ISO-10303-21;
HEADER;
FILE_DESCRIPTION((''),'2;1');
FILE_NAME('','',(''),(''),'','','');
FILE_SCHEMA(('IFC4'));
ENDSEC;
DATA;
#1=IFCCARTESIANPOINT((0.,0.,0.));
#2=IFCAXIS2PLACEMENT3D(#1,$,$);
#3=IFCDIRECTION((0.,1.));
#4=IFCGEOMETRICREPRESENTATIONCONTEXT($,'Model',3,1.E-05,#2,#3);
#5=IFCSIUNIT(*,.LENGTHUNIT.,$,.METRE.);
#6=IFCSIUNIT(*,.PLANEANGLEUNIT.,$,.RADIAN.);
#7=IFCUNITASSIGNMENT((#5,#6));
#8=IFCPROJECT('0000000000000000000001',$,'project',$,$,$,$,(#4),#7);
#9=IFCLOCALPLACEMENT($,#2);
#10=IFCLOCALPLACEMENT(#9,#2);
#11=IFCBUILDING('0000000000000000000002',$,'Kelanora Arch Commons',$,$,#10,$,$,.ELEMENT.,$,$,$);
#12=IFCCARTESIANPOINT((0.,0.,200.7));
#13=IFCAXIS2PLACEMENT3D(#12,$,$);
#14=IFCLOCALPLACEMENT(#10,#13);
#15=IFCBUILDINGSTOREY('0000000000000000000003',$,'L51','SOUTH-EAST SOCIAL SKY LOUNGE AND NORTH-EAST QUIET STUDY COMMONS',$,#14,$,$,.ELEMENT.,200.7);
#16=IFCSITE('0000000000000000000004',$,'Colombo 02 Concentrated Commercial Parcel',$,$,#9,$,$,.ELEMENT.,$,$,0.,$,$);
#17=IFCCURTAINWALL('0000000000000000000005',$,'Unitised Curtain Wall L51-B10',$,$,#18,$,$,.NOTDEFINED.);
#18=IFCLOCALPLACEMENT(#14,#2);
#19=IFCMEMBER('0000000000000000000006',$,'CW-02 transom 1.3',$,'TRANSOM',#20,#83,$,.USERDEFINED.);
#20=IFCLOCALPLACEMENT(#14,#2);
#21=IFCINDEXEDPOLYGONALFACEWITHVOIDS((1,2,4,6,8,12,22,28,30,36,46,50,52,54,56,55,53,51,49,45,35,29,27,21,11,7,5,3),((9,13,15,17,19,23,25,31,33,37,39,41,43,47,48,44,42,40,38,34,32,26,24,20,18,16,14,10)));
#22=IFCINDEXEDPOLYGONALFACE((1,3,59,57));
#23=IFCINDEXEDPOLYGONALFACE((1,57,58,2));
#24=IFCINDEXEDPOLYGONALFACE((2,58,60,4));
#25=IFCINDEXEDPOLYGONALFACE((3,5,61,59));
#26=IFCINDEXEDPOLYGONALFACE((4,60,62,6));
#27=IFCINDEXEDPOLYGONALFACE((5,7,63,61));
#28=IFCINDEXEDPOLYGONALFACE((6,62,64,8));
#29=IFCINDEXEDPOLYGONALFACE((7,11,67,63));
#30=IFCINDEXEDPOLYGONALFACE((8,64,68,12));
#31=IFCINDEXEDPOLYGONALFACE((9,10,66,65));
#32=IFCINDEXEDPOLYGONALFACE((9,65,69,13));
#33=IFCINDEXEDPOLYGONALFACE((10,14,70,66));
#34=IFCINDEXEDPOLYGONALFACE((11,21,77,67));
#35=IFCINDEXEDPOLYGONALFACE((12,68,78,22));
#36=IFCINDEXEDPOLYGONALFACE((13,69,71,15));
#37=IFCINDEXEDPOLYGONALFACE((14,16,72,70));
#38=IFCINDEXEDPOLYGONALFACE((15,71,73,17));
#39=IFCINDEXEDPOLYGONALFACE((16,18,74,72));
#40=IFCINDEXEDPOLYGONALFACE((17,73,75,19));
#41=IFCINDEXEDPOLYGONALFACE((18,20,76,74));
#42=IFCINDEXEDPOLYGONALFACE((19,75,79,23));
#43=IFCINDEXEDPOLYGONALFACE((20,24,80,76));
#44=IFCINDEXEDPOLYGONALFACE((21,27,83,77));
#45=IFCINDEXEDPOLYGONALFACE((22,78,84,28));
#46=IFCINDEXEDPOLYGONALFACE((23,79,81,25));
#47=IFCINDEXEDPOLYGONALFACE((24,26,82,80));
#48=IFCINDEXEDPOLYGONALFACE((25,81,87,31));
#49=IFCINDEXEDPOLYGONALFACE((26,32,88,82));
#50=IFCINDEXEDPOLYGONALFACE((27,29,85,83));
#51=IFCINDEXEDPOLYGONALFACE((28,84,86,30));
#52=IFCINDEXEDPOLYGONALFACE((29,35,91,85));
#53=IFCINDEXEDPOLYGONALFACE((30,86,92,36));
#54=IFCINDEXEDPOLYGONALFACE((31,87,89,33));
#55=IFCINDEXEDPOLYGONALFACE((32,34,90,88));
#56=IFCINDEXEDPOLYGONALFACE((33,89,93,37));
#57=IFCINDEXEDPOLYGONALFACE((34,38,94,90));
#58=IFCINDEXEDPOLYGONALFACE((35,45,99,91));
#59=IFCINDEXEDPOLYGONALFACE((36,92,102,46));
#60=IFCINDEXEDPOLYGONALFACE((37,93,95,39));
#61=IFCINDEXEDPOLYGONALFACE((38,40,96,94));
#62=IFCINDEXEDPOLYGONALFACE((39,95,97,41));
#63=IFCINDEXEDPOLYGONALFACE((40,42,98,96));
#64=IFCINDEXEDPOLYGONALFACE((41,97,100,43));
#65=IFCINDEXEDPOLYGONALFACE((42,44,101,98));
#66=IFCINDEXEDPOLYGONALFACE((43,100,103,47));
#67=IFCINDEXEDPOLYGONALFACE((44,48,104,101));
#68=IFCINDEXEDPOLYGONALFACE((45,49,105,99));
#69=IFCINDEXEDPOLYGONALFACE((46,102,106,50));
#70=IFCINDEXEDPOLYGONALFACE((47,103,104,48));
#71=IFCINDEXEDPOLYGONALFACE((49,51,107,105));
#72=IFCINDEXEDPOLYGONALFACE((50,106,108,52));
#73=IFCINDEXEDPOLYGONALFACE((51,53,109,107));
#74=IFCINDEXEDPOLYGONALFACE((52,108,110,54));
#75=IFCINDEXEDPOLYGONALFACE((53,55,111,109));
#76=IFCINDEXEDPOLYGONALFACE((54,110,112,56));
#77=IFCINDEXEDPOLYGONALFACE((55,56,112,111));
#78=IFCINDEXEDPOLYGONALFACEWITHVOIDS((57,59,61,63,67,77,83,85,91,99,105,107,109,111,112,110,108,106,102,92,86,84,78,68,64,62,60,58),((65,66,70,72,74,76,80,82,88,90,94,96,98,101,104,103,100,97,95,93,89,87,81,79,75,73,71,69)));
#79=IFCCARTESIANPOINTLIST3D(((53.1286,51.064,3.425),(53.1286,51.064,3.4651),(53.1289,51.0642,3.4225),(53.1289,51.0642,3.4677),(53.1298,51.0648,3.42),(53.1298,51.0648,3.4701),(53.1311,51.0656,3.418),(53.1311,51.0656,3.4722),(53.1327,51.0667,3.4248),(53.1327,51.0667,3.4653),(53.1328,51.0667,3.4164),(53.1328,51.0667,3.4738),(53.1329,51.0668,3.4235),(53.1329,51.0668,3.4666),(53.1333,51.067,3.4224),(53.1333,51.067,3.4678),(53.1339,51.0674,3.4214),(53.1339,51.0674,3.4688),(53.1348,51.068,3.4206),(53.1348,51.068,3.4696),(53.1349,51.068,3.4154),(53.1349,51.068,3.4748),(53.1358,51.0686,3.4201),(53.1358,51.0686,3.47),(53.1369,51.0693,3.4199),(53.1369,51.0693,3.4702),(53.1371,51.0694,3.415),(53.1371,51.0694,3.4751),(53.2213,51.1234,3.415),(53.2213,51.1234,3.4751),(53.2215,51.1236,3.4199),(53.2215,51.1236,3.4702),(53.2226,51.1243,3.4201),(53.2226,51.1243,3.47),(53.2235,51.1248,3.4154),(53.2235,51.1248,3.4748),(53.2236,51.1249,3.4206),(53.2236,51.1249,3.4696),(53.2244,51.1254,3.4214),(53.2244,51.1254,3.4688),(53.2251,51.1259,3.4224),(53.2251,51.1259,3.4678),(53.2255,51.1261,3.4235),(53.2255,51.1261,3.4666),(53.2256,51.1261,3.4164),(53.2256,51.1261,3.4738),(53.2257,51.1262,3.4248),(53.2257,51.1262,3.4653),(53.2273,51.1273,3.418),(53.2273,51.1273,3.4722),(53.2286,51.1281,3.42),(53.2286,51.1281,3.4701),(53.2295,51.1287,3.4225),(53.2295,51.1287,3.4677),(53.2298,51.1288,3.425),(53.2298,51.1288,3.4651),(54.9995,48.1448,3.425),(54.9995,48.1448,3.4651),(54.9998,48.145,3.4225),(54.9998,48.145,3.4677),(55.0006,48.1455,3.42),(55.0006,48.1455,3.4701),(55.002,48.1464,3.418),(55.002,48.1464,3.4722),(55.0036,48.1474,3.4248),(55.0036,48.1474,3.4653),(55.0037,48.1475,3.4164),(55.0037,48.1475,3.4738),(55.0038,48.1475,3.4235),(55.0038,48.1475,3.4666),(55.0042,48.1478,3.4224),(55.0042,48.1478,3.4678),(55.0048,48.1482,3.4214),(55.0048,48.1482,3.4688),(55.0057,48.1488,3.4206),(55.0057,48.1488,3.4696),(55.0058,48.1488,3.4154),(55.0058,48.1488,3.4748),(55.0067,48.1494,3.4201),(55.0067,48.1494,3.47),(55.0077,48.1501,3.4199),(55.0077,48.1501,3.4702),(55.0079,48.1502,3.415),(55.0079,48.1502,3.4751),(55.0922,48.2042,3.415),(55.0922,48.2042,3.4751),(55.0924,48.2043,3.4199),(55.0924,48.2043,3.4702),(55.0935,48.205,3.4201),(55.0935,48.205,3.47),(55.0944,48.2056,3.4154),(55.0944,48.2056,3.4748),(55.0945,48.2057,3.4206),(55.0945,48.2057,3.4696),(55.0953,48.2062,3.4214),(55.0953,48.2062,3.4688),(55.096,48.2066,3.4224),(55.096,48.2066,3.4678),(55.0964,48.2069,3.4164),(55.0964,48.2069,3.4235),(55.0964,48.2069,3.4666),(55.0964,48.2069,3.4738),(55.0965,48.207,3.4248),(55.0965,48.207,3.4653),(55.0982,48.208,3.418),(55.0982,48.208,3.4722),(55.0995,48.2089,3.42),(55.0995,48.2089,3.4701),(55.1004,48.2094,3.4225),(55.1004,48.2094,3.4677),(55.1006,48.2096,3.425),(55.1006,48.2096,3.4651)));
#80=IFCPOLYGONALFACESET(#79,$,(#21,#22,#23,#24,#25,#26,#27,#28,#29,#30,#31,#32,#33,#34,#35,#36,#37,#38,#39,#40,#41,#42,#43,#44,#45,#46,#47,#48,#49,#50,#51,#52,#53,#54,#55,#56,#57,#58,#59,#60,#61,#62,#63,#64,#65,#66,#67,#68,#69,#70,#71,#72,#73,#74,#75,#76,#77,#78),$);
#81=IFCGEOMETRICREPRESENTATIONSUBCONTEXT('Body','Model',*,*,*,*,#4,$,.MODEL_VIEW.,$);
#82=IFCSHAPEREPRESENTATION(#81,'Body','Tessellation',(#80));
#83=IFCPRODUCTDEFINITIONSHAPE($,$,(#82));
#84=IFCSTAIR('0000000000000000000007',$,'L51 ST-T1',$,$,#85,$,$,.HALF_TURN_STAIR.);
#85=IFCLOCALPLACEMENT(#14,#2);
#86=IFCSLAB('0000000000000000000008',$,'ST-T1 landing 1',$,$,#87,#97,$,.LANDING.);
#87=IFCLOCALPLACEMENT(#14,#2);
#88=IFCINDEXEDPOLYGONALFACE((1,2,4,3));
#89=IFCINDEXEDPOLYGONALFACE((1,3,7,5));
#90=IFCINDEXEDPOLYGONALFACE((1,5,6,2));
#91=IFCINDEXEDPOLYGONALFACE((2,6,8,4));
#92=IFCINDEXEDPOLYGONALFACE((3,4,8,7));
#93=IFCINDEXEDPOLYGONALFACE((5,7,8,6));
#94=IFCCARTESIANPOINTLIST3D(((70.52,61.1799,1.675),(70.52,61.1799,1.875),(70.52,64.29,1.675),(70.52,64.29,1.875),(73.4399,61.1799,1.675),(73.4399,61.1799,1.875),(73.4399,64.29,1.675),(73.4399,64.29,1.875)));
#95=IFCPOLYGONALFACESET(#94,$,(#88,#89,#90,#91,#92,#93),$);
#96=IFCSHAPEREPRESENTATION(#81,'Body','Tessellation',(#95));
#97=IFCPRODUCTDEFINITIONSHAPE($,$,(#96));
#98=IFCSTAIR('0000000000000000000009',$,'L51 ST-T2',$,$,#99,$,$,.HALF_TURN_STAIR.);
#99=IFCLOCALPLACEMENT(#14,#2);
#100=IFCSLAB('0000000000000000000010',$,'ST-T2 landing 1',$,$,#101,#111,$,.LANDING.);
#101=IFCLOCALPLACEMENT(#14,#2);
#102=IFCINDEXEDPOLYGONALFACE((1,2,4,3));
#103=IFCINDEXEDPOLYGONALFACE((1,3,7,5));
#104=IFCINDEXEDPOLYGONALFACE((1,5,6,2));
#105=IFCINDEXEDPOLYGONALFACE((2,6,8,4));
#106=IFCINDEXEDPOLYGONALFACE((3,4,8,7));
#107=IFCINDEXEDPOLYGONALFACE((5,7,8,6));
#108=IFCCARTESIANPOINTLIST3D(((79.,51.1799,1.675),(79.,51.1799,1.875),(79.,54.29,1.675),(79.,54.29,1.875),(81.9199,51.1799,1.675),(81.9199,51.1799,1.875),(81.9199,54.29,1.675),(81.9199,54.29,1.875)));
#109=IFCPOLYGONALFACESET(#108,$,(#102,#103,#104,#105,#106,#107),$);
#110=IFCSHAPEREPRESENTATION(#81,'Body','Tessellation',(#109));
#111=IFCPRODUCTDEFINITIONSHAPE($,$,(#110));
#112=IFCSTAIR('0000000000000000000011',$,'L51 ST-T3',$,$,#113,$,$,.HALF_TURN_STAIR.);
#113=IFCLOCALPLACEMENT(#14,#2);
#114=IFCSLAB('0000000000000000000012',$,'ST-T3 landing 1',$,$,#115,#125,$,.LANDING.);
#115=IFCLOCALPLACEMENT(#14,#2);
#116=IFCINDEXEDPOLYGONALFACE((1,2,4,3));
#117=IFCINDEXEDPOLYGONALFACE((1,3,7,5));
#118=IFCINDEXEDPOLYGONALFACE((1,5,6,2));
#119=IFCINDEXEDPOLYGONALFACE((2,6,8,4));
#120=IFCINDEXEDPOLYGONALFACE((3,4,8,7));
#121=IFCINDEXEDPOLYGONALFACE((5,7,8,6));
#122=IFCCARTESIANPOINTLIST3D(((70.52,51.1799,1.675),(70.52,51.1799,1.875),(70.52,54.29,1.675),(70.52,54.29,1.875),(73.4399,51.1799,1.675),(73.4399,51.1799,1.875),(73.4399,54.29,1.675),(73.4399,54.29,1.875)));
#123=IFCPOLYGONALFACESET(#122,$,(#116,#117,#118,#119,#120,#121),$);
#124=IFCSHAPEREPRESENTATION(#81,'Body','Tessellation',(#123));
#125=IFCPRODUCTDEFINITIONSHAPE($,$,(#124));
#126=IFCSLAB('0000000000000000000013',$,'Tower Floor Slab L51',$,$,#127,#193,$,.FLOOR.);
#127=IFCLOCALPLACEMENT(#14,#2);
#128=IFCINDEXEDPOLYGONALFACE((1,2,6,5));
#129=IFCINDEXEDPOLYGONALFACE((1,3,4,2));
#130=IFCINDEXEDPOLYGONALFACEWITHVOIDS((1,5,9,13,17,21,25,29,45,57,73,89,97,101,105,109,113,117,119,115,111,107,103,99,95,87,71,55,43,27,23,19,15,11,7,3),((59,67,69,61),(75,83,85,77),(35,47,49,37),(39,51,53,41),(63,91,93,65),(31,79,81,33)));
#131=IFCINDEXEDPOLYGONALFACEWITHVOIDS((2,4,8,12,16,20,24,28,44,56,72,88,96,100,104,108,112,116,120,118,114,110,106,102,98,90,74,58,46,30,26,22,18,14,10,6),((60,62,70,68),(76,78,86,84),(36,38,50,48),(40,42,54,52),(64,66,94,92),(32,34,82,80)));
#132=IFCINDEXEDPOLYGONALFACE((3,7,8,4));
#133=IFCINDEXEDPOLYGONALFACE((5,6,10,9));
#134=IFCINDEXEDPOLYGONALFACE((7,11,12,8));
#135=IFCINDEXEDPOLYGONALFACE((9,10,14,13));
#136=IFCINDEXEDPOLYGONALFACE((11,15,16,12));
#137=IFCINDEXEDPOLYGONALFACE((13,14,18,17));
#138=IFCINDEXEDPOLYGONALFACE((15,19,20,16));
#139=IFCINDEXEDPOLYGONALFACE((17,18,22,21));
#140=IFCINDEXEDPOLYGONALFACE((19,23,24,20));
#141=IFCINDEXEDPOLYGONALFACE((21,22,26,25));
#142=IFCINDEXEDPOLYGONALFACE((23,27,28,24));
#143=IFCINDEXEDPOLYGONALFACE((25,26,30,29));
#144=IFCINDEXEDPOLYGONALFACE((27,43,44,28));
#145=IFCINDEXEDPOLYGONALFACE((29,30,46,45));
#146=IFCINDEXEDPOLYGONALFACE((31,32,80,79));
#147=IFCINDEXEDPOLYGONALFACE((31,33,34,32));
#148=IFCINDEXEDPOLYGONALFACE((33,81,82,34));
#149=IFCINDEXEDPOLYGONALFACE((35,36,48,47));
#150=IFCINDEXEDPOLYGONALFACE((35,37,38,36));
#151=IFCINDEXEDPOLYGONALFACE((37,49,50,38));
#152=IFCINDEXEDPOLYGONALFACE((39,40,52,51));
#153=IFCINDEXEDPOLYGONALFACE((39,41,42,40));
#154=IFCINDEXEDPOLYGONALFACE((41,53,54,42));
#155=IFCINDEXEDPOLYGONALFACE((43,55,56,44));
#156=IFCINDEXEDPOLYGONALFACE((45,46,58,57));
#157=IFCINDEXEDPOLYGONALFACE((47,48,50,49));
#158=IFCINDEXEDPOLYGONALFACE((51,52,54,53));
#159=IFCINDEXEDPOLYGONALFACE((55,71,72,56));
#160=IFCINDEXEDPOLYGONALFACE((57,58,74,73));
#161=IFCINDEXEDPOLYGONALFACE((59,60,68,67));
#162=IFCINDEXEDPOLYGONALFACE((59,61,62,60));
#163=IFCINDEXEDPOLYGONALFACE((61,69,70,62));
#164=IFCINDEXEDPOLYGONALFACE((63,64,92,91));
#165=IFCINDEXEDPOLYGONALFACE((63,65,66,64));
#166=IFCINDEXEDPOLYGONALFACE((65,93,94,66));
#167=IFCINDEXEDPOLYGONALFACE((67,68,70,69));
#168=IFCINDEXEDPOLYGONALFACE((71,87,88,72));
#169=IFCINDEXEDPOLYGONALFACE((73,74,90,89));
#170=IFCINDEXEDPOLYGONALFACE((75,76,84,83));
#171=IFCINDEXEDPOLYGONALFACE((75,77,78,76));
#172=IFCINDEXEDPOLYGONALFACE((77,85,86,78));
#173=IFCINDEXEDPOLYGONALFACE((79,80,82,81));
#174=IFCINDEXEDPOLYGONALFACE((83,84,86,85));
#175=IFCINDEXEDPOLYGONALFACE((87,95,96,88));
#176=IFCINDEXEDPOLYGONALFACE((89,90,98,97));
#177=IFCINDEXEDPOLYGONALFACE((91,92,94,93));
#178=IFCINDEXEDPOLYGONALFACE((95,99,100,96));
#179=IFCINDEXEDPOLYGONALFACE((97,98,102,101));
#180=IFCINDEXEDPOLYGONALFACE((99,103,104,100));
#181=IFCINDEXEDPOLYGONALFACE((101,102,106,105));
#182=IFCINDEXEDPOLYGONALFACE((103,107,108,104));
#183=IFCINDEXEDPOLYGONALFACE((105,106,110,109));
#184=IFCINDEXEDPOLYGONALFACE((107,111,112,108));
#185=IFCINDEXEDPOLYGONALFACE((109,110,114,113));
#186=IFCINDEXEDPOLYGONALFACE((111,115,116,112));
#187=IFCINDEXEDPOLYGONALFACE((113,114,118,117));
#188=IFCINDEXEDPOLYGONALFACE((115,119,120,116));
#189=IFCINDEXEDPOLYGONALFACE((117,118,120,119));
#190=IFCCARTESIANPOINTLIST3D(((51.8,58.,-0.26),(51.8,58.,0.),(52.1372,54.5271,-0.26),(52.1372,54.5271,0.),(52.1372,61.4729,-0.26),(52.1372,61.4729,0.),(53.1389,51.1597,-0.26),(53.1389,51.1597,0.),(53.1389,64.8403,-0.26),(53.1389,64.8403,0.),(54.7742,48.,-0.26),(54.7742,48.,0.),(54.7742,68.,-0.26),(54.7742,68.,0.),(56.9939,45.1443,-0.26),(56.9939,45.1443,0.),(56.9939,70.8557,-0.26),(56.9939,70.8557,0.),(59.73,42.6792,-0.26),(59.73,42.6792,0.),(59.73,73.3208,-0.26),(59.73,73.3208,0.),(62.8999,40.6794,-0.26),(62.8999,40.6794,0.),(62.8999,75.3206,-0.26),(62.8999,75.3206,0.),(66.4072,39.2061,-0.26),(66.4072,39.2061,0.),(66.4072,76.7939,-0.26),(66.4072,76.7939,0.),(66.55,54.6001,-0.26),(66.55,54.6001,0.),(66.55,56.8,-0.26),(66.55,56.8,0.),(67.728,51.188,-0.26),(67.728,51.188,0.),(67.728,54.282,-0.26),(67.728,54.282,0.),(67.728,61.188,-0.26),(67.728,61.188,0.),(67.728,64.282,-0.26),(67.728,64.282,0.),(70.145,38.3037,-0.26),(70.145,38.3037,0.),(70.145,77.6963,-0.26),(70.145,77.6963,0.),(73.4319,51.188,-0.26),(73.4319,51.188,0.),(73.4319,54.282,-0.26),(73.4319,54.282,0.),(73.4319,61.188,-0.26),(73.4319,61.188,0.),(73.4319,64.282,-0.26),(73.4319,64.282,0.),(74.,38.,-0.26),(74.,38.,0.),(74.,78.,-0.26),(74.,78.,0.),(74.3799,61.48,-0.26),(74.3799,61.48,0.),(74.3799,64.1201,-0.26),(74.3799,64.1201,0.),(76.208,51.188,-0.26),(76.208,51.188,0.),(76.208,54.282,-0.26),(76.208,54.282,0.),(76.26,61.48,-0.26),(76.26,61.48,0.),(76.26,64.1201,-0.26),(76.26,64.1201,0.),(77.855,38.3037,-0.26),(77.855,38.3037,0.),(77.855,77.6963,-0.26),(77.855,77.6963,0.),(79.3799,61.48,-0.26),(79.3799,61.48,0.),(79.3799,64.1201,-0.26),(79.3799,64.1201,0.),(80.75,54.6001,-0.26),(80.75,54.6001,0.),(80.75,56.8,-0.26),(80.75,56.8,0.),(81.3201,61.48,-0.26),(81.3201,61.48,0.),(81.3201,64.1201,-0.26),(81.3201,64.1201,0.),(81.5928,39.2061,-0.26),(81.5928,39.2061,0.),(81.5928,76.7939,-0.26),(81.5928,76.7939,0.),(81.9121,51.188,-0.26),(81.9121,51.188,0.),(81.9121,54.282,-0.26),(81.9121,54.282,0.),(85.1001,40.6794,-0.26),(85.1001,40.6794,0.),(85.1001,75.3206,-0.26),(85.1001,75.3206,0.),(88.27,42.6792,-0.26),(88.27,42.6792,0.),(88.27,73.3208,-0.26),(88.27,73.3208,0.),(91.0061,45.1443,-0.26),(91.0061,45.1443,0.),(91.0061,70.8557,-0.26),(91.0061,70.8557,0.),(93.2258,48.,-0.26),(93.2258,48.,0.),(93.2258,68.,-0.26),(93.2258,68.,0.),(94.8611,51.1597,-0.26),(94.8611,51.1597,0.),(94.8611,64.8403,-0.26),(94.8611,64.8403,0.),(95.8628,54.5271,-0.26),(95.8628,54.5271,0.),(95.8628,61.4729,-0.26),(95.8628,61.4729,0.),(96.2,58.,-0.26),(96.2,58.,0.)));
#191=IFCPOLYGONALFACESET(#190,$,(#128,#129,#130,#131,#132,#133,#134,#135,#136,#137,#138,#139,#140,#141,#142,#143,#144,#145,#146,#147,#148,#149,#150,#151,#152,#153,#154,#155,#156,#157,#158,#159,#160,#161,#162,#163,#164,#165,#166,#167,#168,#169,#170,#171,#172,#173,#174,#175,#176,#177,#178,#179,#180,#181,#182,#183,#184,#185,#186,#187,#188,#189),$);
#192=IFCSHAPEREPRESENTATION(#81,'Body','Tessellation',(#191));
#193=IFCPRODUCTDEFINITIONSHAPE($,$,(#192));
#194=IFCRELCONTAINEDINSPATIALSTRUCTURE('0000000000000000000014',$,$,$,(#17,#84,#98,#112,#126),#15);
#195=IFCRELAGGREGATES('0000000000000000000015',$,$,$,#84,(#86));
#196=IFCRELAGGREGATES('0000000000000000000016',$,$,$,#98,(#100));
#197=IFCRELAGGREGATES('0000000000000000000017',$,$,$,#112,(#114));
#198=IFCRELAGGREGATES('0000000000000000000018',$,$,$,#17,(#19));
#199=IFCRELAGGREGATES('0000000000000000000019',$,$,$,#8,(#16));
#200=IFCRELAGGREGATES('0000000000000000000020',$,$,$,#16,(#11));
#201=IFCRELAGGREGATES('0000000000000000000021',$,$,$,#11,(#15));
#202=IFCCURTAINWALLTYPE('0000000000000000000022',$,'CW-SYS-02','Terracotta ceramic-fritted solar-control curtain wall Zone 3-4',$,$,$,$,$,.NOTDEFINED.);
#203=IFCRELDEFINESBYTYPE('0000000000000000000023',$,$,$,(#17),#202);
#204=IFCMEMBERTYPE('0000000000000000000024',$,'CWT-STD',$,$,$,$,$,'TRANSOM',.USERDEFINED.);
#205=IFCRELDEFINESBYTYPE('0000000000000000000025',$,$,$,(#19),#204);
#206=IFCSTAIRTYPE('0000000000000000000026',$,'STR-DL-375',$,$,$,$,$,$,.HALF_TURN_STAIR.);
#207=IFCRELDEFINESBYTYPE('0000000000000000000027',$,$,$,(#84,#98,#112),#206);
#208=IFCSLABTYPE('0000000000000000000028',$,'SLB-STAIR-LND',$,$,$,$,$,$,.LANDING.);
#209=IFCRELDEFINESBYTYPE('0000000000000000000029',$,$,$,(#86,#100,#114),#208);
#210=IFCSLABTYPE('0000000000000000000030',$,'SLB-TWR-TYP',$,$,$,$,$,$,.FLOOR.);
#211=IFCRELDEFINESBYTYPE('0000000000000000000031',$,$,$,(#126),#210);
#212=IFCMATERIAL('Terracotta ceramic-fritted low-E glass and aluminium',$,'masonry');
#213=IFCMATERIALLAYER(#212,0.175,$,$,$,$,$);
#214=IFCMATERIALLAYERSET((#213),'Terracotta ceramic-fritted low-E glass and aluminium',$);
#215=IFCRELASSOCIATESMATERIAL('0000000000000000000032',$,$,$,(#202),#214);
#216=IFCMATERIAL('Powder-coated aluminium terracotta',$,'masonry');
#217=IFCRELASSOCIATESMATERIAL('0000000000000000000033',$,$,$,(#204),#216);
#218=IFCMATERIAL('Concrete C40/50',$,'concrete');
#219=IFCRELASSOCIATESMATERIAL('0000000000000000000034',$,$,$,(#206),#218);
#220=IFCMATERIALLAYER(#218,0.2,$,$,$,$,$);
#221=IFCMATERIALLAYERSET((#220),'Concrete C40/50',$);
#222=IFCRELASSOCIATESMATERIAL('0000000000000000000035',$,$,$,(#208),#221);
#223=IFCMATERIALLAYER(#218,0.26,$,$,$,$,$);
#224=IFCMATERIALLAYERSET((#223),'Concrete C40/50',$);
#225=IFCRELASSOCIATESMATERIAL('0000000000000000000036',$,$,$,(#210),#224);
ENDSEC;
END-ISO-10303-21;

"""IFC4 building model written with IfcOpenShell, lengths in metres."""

from ifc_helpers import new_model, si_unit, direction, frame, origin, origin_2d, place, context, subcontext, project, spatial, polyline, hollow_rectangle, outline, extrude, material, layer, layer_set, material_profile, profile_set, type_object, element, aggregate, save


model = new_model("IFC4")

# Units and contexts
model_context = context("Model", 3, precision=1e-05, world=origin(), true_north=direction((0.0, 1.0)))
body_context = subcontext(model_context, "Body", "Model", "MODEL_VIEW")
ifc_project = project(units=[si_unit("LENGTHUNIT", "METRE"), si_unit("PLANEANGLEUNIT", "RADIAN")], contexts=[model_context])

# Site, building, storey
site_placement = place(None, origin())
site = spatial("IfcSite", under=ifc_project, at=site_placement, Name="Colombo 02 Concentrated Commercial Parcel", CompositionType="ELEMENT", RefElevation=0.0)
building_placement = place(site_placement, origin())
building = spatial("IfcBuilding", under=site, at=building_placement, Name="Kelanora Arch Commons", CompositionType="ELEMENT")
storey_placement = place(building_placement, frame((0.0, 0.0, 200.7)))
storey = spatial("IfcBuildingStorey", under=building, at=storey_placement, Name="L51", Description="SOUTH-EAST SOCIAL SKY LOUNGE AND NORTH-EAST QUIET STUDY COMMONS", CompositionType="ELEMENT", Elevation=200.7)

# Curtain wall, member
ifc_material_1 = material(Name="Terracotta ceramic-fritted low-E glass and aluminium", Category="masonry")
ifc_layer_1 = layer(ifc_material_1, 0.175)
ifc_layer_set_1 = layer_set([ifc_layer_1], Name="Terracotta ceramic-fritted low-E glass and aluminium")
curtain_wall_type = type_object("IfcCurtainWallType", Name="CW-SYS-02", Description="Terracotta ceramic-fritted solar-control curtain wall Zone 3-4", PredefinedType="NOTDEFINED", material=ifc_layer_set_1)
curtain_wall_placement = place(storey_placement, origin())
curtain_wall = element("IfcCurtainWall", 1, at=curtain_wall_placement, inside=storey, type_object=curtain_wall_type, Name="Unitised Curtain Wall L51-B10", PredefinedType="NOTDEFINED")
ifc_material_2 = material(Name="Powder-coated aluminium terracotta", Category="masonry")
ifc_material_profile_1 = material_profile(ifc_material_2, hollow_rectangle(XDim=0.1201, YDim=0.0601, WallThickness=0.0049, InnerFilletRadius=0.0049, OuterFilletRadius=0.01, at=origin_2d()), Name="CWT120x60")
ifc_profile_set_1 = profile_set([ifc_material_profile_1], Name="Powder-coated aluminium terracotta")
member_type_1 = type_object("IfcMemberType", Name="CWT-STD", ElementType="TRANSOM", PredefinedType="USERDEFINED", material=ifc_profile_set_1)
member_1_placement = place(storey_placement, frame((53.1792, 51.0964, 3.4451), z_axis=(0.539579, -0.841935, 0.0), x_axis=(0.841935, 0.539579, 0.0)))
member_1 = element("IfcMember", 2, at=member_1_placement, type_object=member_type_1, Name="CW-02 transom 1.3", ObjectType="TRANSOM", PredefinedType="USERDEFINED", context=body_context, shape_type="SweptSolid", body=[
    extrude(hollow_rectangle(XDim=0.1201, YDim=0.0601, WallThickness=0.0049, InnerFilletRadius=0.0049, OuterFilletRadius=0.01, at=origin_2d()), origin(), (0.0, 0.0, 1.0), 3.4673),
])

# Stairs, slabs
ifc_material_3 = material(Name="Concrete C40/50", Category="concrete")
stair_type = type_object("IfcStairType", Name="STR-DL-375", PredefinedType="HALF_TURN_STAIR", material=ifc_material_3)
stair_1_placement = place(storey_placement, origin())
stair_1 = element("IfcStair", 3, at=stair_1_placement, inside=storey, type_object=stair_type, Name="L51 ST-T1", PredefinedType="HALF_TURN_STAIR")
ifc_layer_2 = layer(ifc_material_3, 0.2)
ifc_layer_set_2 = layer_set([ifc_layer_2], Name="Concrete C40/50")
slab_type_1 = type_object("IfcSlabType", Name="SLB-STAIR-LND", PredefinedType="LANDING", material=ifc_layer_set_2)
slab_1_placement = place(storey_placement, frame((0.0, 0.0, 1.675)))
slab_1 = element("IfcSlab", 4, at=slab_1_placement, type_object=slab_type_1, Name="ST-T1 landing 1", PredefinedType="LANDING", context=body_context, shape_type="SweptSolid", body=[
    extrude(outline(polyline([(70.52, 61.1799), (73.4399, 61.1799), (73.4399, 64.29), (70.52, 64.29), (70.52, 61.1799)])), origin(), (0.0, 0.0, 1.0), 0.2),
])
aggregate(stair_1, [slab_1])
stair_2_placement = place(storey_placement, origin())
stair_2 = element("IfcStair", 5, at=stair_2_placement, inside=storey, type_object=stair_type, Name="L51 ST-T2", PredefinedType="HALF_TURN_STAIR")
slab_2_placement = place(storey_placement, frame((0.0, 0.0, 1.675)))
slab_2 = element("IfcSlab", 6, at=slab_2_placement, type_object=slab_type_1, Name="ST-T2 landing 1", PredefinedType="LANDING", context=body_context, shape_type="SweptSolid", body=[
    extrude(outline(polyline([(79.0, 51.1799), (81.9199, 51.1799), (81.9199, 54.29), (79.0, 54.29), (79.0, 51.1799)])), origin(), (0.0, 0.0, 1.0), 0.2),
])
aggregate(stair_2, [slab_2])
stair_3_placement = place(storey_placement, origin())
stair_3 = element("IfcStair", 7, at=stair_3_placement, inside=storey, type_object=stair_type, Name="L51 ST-T3", PredefinedType="HALF_TURN_STAIR")
slab_3_placement = place(storey_placement, frame((0.0, 0.0, 1.675)))
slab_3 = element("IfcSlab", 8, at=slab_3_placement, type_object=slab_type_1, Name="ST-T3 landing 1", PredefinedType="LANDING", context=body_context, shape_type="SweptSolid", body=[
    extrude(outline(polyline([(70.52, 51.1799), (73.4399, 51.1799), (73.4399, 54.29), (70.52, 54.29), (70.52, 51.1799)])), origin(), (0.0, 0.0, 1.0), 0.2),
])
aggregate(stair_3, [slab_3])

# Slab
ifc_layer_3 = layer(ifc_material_3, 0.26)
ifc_layer_set_3 = layer_set([ifc_layer_3], Name="Concrete C40/50")
slab_type_2 = type_object("IfcSlabType", Name="SLB-TWR-TYP", PredefinedType="FLOOR", material=ifc_layer_set_3)
slab_4_placement = place(storey_placement, frame((0.0, 0.0, -0.26)))
element("IfcSlab", 9, at=slab_4_placement, inside=storey, type_object=slab_type_2, Name="Tower Floor Slab L51", PredefinedType="FLOOR", context=body_context, shape_type="SweptSolid", body=[
    extrude(outline(polyline([(96.2, 58.0), (95.8628, 61.4729), (94.8611, 64.8403), (93.2258, 68.0), (91.0061, 70.8557), (88.27, 73.3208), (85.1001, 75.3206), (81.5928, 76.7939), (77.855, 77.6963), (74.0, 78.0), (70.145, 77.6963), (66.4072, 76.7939), (62.8999, 75.3206), (59.73, 73.3208), (56.9939, 70.8557), (54.7742, 68.0), (53.1389, 64.8403), (52.1372, 61.4729), (51.8, 58.0), (52.1372, 54.5271), (53.1389, 51.1597), (54.7742, 48.0), (56.9939, 45.1443), (59.73, 42.6792), (62.8999, 40.6794), (66.4072, 39.2061), (70.145, 38.3037), (74.0, 38.0), (77.855, 38.3037), (81.5928, 39.2061), (85.1001, 40.6794), (88.27, 42.6792), (91.0061, 45.1443), (93.2258, 48.0), (94.8611, 51.1597), (95.8628, 54.5271), (96.2, 58.0)]), holes=[polyline([(73.4319, 51.188), (67.728, 51.188), (67.728, 54.282), (73.4319, 54.282), (73.4319, 51.188)]), polyline([(76.208, 51.188), (76.208, 54.282), (81.9121, 54.282), (81.9121, 51.188), (76.208, 51.188)]), polyline([(66.55, 54.6001), (66.55, 56.8), (80.75, 56.8), (80.75, 54.6001), (66.55, 54.6001)]), polyline([(73.4319, 61.188), (67.728, 61.188), (67.728, 64.282), (73.4319, 64.282), (73.4319, 61.188)]), polyline([(74.3799, 61.48), (74.3799, 64.1201), (76.26, 64.1201), (76.26, 61.48), (74.3799, 61.48)]), polyline([(79.3799, 61.48), (79.3799, 64.1201), (81.3201, 64.1201), (81.3201, 61.48), (79.3799, 61.48)])]), origin(), (0.0, 0.0, 1.0), 0.26),
])

aggregate(curtain_wall, [member_1])

save(model, "model.ifc")
